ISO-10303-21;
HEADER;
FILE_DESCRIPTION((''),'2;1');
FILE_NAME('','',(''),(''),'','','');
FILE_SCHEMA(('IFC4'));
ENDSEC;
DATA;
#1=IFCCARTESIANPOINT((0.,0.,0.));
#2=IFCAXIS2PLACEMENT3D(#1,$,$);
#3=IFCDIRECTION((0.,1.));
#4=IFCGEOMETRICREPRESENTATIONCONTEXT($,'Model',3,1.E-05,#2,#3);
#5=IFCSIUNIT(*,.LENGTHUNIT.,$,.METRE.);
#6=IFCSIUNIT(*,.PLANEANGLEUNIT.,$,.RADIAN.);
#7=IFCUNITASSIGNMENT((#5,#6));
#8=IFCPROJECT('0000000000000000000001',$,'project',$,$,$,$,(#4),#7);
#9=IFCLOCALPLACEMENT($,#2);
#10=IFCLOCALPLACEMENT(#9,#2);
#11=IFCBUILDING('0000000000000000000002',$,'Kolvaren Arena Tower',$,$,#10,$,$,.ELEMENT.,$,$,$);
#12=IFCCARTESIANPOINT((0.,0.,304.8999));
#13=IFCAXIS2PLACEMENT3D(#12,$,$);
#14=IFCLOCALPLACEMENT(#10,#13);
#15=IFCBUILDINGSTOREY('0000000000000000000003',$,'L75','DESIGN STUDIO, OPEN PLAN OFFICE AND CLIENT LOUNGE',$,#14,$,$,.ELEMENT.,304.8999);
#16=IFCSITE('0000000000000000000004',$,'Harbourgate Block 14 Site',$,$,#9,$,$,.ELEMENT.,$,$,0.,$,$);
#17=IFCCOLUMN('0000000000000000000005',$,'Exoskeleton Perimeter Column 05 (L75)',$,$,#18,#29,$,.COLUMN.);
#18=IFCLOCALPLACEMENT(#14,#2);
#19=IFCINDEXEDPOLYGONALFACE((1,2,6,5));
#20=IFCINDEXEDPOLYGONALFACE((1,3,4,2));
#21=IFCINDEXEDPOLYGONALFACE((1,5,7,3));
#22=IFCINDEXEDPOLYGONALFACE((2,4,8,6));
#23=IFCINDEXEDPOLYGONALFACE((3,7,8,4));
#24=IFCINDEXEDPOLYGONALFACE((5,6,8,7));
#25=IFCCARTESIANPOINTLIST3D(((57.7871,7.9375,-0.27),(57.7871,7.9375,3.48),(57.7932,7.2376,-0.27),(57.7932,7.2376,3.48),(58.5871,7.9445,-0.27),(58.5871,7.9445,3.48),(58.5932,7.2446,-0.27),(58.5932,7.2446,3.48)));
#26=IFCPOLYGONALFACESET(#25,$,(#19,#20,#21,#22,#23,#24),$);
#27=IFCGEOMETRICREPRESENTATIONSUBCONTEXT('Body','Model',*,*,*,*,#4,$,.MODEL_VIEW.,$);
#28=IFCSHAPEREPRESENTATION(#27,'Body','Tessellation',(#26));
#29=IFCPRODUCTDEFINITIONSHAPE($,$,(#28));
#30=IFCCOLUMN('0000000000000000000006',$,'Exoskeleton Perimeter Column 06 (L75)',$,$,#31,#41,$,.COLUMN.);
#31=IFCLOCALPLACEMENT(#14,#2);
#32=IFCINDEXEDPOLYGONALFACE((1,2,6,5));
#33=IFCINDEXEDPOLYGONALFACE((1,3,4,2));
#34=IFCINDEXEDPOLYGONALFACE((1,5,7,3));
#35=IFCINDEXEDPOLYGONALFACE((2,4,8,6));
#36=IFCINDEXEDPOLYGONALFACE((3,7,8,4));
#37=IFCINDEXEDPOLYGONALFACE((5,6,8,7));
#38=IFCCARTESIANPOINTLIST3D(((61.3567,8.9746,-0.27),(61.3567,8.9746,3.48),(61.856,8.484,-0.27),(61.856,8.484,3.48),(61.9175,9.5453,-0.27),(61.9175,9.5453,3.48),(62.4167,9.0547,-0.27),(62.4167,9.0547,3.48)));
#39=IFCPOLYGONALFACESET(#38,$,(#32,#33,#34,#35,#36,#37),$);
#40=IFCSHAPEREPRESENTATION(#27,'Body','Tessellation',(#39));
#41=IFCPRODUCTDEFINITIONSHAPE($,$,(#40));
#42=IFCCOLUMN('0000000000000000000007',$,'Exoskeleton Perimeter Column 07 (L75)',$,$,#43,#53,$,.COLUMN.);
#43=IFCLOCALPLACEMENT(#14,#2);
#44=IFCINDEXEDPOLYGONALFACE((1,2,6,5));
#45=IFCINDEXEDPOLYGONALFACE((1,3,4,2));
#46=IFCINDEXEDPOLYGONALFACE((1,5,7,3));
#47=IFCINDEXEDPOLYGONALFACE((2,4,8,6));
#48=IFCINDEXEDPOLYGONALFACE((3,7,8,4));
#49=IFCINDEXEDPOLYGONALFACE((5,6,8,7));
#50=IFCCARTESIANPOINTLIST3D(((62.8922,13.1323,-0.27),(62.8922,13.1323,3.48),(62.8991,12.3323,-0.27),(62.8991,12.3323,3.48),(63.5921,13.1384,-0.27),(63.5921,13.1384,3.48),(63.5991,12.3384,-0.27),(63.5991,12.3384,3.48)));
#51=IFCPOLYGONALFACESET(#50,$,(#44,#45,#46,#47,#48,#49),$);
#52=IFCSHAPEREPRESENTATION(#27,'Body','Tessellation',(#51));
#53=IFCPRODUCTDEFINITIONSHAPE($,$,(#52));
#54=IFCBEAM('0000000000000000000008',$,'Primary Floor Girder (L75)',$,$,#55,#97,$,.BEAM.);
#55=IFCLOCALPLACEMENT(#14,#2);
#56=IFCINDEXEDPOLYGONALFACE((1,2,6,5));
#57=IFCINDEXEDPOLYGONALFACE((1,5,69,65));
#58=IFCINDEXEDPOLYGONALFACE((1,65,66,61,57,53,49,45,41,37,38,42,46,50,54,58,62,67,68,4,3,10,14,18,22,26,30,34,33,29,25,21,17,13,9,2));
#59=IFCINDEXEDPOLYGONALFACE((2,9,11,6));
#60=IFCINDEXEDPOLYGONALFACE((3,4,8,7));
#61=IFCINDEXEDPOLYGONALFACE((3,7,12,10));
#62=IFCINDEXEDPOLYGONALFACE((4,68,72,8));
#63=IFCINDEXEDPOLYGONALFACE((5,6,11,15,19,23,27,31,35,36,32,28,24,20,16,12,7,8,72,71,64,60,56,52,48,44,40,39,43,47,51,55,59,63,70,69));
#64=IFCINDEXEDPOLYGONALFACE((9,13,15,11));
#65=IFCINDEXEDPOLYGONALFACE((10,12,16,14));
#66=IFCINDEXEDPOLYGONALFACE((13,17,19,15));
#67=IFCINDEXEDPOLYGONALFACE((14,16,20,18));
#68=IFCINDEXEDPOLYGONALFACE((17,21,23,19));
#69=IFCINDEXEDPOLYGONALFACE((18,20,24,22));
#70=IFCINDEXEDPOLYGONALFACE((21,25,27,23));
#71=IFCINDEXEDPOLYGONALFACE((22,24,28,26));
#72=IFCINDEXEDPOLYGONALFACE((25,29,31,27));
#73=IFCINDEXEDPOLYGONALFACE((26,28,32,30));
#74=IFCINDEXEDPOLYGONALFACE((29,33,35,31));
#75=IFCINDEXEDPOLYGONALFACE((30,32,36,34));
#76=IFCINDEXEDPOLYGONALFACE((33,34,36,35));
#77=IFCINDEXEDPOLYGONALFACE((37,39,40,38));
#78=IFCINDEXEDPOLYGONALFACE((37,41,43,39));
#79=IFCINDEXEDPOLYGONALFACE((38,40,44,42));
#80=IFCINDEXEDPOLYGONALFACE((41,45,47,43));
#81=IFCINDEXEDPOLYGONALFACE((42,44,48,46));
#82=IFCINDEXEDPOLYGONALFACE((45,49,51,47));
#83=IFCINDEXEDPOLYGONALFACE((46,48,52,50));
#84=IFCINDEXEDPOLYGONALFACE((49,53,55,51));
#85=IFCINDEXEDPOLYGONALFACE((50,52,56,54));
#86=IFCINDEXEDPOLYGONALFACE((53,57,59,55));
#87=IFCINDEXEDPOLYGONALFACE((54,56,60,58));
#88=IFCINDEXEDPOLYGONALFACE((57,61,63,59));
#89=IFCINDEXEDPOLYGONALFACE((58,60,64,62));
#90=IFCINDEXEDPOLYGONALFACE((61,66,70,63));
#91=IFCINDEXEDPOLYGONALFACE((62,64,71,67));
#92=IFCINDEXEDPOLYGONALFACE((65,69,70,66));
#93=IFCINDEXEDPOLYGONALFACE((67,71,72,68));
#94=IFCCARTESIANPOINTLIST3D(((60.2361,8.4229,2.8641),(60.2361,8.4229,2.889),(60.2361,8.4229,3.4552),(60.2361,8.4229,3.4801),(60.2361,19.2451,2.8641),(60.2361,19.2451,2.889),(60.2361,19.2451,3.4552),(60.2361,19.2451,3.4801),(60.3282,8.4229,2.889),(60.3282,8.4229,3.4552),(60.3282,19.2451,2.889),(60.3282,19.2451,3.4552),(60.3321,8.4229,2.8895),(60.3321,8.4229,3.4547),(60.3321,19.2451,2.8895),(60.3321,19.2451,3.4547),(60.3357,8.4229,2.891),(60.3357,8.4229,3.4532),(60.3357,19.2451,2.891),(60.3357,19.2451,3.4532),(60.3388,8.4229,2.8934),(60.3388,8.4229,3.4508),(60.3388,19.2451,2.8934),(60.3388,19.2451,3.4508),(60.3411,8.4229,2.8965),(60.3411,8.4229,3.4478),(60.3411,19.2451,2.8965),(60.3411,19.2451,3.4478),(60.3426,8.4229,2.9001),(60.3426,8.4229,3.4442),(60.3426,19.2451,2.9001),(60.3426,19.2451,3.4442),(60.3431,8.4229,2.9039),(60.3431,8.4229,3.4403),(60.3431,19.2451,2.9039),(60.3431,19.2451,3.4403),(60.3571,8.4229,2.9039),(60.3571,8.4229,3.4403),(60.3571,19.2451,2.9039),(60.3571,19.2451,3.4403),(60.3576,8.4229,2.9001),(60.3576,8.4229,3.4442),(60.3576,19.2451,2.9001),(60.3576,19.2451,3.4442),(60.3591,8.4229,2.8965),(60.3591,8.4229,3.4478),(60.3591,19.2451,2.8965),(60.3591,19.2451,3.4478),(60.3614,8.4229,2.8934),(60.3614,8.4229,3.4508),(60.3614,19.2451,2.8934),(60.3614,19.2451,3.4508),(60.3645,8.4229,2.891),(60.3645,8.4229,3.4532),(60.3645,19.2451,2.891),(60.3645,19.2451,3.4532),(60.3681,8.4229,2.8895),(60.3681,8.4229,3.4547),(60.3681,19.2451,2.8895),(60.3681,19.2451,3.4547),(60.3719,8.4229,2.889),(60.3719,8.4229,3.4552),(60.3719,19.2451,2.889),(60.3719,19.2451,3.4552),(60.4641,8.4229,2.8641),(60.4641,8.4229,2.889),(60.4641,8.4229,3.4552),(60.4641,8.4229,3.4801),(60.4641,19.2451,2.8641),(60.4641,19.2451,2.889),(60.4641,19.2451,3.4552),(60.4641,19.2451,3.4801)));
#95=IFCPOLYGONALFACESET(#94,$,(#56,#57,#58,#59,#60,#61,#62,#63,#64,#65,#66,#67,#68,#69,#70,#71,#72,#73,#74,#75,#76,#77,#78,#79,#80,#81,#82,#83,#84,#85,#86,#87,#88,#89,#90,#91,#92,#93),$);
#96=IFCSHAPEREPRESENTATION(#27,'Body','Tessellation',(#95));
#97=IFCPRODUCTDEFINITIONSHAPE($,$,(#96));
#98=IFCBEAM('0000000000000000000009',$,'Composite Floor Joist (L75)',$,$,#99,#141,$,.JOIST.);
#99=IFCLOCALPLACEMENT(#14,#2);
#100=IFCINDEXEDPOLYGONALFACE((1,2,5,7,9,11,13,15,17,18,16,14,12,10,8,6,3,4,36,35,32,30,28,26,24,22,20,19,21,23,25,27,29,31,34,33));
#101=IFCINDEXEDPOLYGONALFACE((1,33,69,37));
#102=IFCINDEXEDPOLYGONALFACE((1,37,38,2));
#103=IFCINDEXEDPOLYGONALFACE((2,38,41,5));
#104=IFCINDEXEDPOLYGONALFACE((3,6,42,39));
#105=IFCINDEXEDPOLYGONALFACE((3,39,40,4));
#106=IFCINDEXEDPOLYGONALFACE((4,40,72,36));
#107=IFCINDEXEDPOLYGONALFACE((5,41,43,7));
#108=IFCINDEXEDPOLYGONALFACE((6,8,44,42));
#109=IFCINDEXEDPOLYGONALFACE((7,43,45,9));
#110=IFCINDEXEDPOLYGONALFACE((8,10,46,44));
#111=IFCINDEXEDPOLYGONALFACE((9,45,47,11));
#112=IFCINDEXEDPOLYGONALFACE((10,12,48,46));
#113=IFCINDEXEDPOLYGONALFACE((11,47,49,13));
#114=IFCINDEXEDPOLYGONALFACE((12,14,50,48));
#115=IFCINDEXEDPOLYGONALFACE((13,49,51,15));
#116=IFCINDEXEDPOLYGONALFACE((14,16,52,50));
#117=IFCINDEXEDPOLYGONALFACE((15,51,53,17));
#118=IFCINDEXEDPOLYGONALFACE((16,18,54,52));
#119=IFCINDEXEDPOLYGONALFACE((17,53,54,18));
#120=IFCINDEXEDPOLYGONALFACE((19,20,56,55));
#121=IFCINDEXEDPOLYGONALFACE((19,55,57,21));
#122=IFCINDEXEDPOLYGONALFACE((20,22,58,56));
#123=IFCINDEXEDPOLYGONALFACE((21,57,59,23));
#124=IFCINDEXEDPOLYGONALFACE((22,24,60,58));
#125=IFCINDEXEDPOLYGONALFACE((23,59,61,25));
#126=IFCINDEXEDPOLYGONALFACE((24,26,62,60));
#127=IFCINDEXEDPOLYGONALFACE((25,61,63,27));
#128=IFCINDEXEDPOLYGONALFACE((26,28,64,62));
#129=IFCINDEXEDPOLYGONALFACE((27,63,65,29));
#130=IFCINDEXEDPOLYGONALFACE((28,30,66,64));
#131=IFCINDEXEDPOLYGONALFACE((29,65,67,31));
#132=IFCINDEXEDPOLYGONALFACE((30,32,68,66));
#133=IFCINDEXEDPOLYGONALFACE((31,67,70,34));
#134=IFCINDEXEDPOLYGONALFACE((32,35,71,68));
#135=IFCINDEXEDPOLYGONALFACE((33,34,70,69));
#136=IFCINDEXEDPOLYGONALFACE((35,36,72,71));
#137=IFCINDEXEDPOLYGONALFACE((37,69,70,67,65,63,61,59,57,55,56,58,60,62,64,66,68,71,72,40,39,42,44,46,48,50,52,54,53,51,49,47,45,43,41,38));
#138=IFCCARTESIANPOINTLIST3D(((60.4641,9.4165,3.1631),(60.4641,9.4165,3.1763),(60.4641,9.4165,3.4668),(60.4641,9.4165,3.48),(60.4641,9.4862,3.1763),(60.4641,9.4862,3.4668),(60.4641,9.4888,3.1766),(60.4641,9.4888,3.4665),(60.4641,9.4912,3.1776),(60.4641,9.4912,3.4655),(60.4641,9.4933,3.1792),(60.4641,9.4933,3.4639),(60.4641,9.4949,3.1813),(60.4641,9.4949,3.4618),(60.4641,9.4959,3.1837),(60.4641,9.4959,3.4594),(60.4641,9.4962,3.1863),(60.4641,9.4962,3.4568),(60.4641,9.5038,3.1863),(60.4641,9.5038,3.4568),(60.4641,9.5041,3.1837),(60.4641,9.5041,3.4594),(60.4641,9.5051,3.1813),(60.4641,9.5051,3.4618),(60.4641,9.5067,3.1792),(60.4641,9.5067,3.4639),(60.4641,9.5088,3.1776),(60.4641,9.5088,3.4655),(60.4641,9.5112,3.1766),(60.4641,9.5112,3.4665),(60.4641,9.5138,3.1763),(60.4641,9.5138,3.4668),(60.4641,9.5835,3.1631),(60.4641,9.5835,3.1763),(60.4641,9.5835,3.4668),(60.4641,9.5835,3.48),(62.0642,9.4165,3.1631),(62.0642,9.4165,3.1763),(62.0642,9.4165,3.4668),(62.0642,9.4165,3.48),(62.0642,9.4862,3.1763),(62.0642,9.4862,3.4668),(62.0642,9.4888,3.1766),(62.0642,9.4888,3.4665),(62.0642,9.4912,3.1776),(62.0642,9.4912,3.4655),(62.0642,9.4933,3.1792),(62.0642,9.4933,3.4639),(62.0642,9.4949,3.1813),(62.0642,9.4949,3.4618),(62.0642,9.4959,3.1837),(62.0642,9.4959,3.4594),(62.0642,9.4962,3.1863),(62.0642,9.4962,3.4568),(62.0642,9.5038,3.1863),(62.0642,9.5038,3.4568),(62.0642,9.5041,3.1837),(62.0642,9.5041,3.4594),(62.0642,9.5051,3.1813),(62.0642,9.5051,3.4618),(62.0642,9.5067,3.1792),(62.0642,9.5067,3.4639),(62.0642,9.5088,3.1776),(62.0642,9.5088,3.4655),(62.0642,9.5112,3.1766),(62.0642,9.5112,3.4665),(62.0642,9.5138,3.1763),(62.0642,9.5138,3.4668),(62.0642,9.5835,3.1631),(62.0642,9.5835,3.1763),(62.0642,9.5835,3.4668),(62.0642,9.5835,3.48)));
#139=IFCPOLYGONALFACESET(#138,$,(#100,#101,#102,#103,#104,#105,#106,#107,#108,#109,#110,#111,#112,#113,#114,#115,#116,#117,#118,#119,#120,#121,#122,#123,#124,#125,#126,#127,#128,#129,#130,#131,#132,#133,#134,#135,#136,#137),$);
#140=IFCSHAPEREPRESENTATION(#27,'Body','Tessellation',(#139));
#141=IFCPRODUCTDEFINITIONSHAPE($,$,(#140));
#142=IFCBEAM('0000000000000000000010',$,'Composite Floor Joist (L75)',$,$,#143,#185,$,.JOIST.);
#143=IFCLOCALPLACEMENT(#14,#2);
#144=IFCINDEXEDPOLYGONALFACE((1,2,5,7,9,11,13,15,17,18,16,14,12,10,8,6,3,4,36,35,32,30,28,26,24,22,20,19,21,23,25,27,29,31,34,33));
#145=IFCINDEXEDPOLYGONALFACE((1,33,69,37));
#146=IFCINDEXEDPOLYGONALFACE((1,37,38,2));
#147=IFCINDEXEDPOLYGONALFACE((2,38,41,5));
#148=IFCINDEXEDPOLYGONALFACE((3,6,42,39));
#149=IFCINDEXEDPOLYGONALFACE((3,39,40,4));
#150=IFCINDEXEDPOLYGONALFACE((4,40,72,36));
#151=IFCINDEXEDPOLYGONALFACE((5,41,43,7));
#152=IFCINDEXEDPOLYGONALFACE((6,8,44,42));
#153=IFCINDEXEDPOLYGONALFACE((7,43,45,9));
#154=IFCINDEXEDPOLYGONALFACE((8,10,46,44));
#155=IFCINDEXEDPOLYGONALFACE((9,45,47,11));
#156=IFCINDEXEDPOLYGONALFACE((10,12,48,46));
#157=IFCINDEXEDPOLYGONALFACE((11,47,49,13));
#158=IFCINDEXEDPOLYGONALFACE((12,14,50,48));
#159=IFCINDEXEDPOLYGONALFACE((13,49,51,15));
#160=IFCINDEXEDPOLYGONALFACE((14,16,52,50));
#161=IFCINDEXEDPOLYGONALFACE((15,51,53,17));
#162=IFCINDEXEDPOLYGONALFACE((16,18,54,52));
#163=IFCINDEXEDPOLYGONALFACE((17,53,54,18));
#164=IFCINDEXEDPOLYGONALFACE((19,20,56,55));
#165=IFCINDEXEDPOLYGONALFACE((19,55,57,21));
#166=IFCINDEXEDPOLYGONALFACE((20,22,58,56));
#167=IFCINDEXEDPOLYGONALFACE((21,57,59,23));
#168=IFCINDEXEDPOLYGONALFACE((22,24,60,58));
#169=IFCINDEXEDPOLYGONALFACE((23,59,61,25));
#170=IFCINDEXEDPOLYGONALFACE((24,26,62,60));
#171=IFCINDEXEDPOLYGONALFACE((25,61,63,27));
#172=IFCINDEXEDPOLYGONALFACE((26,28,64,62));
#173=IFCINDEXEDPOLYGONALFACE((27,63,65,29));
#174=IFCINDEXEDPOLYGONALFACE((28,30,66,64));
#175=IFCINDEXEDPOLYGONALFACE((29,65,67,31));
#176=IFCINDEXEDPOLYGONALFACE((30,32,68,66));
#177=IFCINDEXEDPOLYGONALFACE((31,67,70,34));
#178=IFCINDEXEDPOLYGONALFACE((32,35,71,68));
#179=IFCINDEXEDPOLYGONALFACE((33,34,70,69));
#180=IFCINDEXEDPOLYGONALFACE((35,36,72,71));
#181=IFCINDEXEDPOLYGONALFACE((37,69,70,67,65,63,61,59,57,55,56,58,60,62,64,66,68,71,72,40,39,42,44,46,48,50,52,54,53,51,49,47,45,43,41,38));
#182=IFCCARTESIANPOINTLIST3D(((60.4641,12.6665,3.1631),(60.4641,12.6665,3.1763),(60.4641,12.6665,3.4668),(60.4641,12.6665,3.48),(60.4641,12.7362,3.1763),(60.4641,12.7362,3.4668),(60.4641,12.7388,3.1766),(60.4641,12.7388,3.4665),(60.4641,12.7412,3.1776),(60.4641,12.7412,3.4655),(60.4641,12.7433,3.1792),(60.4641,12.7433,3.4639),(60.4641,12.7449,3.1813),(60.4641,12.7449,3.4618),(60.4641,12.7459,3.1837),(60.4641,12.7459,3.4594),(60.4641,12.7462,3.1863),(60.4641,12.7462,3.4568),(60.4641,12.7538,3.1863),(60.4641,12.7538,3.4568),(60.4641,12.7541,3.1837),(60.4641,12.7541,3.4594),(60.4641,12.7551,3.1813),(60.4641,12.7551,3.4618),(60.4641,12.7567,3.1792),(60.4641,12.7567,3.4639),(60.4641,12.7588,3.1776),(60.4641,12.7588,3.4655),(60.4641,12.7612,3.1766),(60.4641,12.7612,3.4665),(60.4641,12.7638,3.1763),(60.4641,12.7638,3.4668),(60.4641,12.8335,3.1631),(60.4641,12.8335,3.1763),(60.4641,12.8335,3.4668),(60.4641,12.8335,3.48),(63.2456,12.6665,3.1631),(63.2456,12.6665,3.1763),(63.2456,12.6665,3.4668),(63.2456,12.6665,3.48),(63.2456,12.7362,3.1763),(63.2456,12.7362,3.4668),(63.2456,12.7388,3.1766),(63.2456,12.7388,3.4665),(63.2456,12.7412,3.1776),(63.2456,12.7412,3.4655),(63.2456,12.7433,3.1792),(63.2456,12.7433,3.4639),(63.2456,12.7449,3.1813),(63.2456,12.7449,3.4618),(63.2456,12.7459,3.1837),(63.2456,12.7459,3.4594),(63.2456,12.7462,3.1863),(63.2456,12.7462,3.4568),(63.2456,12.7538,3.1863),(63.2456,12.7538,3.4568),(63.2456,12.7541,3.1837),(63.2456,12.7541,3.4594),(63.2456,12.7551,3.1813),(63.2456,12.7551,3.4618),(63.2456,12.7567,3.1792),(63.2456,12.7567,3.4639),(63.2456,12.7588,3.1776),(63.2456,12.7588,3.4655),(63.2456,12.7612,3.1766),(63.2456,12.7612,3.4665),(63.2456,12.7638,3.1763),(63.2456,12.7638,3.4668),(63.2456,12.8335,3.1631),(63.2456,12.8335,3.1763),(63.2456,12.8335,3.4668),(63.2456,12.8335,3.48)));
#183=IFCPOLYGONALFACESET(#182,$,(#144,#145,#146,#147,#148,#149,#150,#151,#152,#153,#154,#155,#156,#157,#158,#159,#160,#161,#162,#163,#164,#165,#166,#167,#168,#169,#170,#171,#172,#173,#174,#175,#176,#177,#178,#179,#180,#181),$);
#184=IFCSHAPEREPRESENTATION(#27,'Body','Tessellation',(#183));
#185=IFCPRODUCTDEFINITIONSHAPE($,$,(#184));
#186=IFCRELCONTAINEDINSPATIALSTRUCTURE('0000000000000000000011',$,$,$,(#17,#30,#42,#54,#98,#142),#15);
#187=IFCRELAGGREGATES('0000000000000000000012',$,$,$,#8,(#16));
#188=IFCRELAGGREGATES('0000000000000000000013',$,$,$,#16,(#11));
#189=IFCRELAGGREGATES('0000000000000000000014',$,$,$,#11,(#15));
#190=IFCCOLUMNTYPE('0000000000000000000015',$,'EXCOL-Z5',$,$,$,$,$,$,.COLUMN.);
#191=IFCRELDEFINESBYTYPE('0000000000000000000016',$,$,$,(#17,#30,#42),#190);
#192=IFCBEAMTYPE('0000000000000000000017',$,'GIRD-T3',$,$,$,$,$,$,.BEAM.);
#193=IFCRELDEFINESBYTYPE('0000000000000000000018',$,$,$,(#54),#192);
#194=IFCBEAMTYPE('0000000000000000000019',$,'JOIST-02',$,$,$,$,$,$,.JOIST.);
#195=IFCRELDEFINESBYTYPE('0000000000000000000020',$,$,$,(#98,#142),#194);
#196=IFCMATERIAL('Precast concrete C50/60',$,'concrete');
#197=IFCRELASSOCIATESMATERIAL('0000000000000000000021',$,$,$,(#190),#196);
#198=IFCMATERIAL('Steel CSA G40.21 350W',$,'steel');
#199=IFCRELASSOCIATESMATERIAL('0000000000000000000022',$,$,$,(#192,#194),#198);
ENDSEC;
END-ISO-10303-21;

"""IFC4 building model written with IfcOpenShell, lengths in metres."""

from ifc_helpers import new_model, si_unit, direction, frame, origin, origin_2d, place, context, subcontext, project, spatial, rectangle, i_section, extrude, material, material_profile, profile_set, type_object, element, save


model = new_model("IFC4")

# Units and contexts
model_context = context("Model", 3, precision=1e-05, world=origin(), true_north=direction((0.0, 1.0)))
body_context = subcontext(model_context, "Body", "Model", "MODEL_VIEW")
ifc_project = project(units=[si_unit("LENGTHUNIT", "METRE"), si_unit("PLANEANGLEUNIT", "RADIAN")], contexts=[model_context])

# Site, building, storey
site_placement = place(None, origin())
site = spatial("IfcSite", under=ifc_project, at=site_placement, Name="Harbourgate Block 14 Site", CompositionType="ELEMENT", RefElevation=0.0)
building_placement = place(site_placement, origin())
building = spatial("IfcBuilding", under=site, at=building_placement, Name="Kolvaren Arena Tower", CompositionType="ELEMENT")
storey_placement = place(building_placement, frame((0.0, 0.0, 304.8999)))
storey = spatial("IfcBuildingStorey", under=building, at=storey_placement, Name="L75", Description="DESIGN STUDIO, OPEN PLAN OFFICE AND CLIENT LOUNGE", CompositionType="ELEMENT", Elevation=304.8999)

# Columns
ifc_material_1 = material(Name="Precast concrete C50/60", Category="concrete")
ifc_material_profile_1 = material_profile(ifc_material_1, rectangle(XDim=0.8, YDim=0.7, at=origin_2d()), Name="RC-800x700")
ifc_profile_set_1 = profile_set([ifc_material_profile_1], Name="Precast concrete C50/60")
column_type = type_object("IfcColumnType", Name="EXCOL-Z5", PredefinedType="COLUMN", material=ifc_profile_set_1)
for number, where, z_axis, x_axis, name in (
    (1, (58.1902, 7.5911, -0.27), (0.0, 0.0, 1.0), (0.999962, 0.008727, 0.0), "Exoskeleton Perimeter Column 05 (L75)"),
    (2, (61.8867, 9.0146, -0.27), (0.0, 0.0, 1.0), (0.700909, 0.71325, 0.0), "Exoskeleton Perimeter Column 06 (L75)"),
    (3, (63.2456, 12.7354, -0.27), (0.0, 0.0, 1.0), (-0.008727, 0.999962, 0.0), "Exoskeleton Perimeter Column 07 (L75)"),
):
    element("IfcColumn", number, at=place(storey_placement, frame(where, z_axis=z_axis, x_axis=x_axis)), inside=storey, type_object=column_type, Name=name, PredefinedType="COLUMN", context=body_context, shape_type="SweptSolid", body=[
        extrude(rectangle(XDim=0.8, YDim=0.7, at=origin_2d()), origin(), (0.0, 0.0, 1.0), 3.75),
    ])

# Beams
ifc_material_2 = material(Name="Steel CSA G40.21 350W", Category="steel")
ifc_material_profile_2 = material_profile(ifc_material_2, i_section(OverallWidth=0.228, OverallDepth=0.616, WebThickness=0.0139, FlangeThickness=0.0249, FilletRadius=0.0149, at=origin_2d()), Name="W610x174")
ifc_profile_set_2 = profile_set([ifc_material_profile_2], Name="Steel CSA G40.21 350W")
beam_type_1 = type_object("IfcBeamType", Name="GIRD-T3", PredefinedType="BEAM", material=ifc_profile_set_2)
beam_1_placement = place(storey_placement, frame((60.3501, 8.4229, 3.1721), z_axis=(0.0, 1.0, 0.0), x_axis=(-1.0, 0.0, 0.0)))
element("IfcBeam", 4, at=beam_1_placement, inside=storey, type_object=beam_type_1, Name="Primary Floor Girder (L75)", PredefinedType="BEAM", context=body_context, shape_type="SweptSolid", body=[
    extrude(i_section(OverallWidth=0.228, OverallDepth=0.616, WebThickness=0.0139, FlangeThickness=0.0249, FilletRadius=0.0149, at=origin_2d()), origin(), (0.0, 0.0, 1.0), 10.8223),
])
ifc_material_profile_3 = material_profile(ifc_material_2, i_section(OverallWidth=0.167, OverallDepth=0.3169, WebThickness=0.0076, FlangeThickness=0.0132, FilletRadius=0.01, at=origin_2d()), Name="W310x52")
ifc_profile_set_3 = profile_set([ifc_material_profile_3], Name="Steel CSA G40.21 350W")
beam_type_2 = type_object("IfcBeamType", Name="JOIST-02", PredefinedType="JOIST", material=ifc_profile_set_3)
beam_2_placement = place(storey_placement, frame((60.4641, 9.5, 3.3215), z_axis=(1.0, 0.0, 0.0), x_axis=(0.0, 1.0, 0.0)))
element("IfcBeam", 5, at=beam_2_placement, inside=storey, type_object=beam_type_2, Name="Composite Floor Joist (L75)", PredefinedType="JOIST", context=body_context, shape_type="SweptSolid", body=[
    extrude(i_section(OverallWidth=0.167, OverallDepth=0.3169, WebThickness=0.0076, FlangeThickness=0.0132, FilletRadius=0.01, at=origin_2d()), origin(), (0.0, 0.0, 1.0), 1.6001),
])
beam_3_placement = place(storey_placement, frame((60.4641, 12.75, 3.3215), z_axis=(1.0, 0.0, 0.0), x_axis=(0.0, 1.0, 0.0)))
element("IfcBeam", 6, at=beam_3_placement, inside=storey, type_object=beam_type_2, Name="Composite Floor Joist (L75)", PredefinedType="JOIST", context=body_context, shape_type="SweptSolid", body=[
    extrude(i_section(OverallWidth=0.167, OverallDepth=0.3169, WebThickness=0.0076, FlangeThickness=0.0132, FilletRadius=0.01, at=origin_2d()), origin(), (0.0, 0.0, 1.0), 2.7815),
])

save(model, "model.ifc")
